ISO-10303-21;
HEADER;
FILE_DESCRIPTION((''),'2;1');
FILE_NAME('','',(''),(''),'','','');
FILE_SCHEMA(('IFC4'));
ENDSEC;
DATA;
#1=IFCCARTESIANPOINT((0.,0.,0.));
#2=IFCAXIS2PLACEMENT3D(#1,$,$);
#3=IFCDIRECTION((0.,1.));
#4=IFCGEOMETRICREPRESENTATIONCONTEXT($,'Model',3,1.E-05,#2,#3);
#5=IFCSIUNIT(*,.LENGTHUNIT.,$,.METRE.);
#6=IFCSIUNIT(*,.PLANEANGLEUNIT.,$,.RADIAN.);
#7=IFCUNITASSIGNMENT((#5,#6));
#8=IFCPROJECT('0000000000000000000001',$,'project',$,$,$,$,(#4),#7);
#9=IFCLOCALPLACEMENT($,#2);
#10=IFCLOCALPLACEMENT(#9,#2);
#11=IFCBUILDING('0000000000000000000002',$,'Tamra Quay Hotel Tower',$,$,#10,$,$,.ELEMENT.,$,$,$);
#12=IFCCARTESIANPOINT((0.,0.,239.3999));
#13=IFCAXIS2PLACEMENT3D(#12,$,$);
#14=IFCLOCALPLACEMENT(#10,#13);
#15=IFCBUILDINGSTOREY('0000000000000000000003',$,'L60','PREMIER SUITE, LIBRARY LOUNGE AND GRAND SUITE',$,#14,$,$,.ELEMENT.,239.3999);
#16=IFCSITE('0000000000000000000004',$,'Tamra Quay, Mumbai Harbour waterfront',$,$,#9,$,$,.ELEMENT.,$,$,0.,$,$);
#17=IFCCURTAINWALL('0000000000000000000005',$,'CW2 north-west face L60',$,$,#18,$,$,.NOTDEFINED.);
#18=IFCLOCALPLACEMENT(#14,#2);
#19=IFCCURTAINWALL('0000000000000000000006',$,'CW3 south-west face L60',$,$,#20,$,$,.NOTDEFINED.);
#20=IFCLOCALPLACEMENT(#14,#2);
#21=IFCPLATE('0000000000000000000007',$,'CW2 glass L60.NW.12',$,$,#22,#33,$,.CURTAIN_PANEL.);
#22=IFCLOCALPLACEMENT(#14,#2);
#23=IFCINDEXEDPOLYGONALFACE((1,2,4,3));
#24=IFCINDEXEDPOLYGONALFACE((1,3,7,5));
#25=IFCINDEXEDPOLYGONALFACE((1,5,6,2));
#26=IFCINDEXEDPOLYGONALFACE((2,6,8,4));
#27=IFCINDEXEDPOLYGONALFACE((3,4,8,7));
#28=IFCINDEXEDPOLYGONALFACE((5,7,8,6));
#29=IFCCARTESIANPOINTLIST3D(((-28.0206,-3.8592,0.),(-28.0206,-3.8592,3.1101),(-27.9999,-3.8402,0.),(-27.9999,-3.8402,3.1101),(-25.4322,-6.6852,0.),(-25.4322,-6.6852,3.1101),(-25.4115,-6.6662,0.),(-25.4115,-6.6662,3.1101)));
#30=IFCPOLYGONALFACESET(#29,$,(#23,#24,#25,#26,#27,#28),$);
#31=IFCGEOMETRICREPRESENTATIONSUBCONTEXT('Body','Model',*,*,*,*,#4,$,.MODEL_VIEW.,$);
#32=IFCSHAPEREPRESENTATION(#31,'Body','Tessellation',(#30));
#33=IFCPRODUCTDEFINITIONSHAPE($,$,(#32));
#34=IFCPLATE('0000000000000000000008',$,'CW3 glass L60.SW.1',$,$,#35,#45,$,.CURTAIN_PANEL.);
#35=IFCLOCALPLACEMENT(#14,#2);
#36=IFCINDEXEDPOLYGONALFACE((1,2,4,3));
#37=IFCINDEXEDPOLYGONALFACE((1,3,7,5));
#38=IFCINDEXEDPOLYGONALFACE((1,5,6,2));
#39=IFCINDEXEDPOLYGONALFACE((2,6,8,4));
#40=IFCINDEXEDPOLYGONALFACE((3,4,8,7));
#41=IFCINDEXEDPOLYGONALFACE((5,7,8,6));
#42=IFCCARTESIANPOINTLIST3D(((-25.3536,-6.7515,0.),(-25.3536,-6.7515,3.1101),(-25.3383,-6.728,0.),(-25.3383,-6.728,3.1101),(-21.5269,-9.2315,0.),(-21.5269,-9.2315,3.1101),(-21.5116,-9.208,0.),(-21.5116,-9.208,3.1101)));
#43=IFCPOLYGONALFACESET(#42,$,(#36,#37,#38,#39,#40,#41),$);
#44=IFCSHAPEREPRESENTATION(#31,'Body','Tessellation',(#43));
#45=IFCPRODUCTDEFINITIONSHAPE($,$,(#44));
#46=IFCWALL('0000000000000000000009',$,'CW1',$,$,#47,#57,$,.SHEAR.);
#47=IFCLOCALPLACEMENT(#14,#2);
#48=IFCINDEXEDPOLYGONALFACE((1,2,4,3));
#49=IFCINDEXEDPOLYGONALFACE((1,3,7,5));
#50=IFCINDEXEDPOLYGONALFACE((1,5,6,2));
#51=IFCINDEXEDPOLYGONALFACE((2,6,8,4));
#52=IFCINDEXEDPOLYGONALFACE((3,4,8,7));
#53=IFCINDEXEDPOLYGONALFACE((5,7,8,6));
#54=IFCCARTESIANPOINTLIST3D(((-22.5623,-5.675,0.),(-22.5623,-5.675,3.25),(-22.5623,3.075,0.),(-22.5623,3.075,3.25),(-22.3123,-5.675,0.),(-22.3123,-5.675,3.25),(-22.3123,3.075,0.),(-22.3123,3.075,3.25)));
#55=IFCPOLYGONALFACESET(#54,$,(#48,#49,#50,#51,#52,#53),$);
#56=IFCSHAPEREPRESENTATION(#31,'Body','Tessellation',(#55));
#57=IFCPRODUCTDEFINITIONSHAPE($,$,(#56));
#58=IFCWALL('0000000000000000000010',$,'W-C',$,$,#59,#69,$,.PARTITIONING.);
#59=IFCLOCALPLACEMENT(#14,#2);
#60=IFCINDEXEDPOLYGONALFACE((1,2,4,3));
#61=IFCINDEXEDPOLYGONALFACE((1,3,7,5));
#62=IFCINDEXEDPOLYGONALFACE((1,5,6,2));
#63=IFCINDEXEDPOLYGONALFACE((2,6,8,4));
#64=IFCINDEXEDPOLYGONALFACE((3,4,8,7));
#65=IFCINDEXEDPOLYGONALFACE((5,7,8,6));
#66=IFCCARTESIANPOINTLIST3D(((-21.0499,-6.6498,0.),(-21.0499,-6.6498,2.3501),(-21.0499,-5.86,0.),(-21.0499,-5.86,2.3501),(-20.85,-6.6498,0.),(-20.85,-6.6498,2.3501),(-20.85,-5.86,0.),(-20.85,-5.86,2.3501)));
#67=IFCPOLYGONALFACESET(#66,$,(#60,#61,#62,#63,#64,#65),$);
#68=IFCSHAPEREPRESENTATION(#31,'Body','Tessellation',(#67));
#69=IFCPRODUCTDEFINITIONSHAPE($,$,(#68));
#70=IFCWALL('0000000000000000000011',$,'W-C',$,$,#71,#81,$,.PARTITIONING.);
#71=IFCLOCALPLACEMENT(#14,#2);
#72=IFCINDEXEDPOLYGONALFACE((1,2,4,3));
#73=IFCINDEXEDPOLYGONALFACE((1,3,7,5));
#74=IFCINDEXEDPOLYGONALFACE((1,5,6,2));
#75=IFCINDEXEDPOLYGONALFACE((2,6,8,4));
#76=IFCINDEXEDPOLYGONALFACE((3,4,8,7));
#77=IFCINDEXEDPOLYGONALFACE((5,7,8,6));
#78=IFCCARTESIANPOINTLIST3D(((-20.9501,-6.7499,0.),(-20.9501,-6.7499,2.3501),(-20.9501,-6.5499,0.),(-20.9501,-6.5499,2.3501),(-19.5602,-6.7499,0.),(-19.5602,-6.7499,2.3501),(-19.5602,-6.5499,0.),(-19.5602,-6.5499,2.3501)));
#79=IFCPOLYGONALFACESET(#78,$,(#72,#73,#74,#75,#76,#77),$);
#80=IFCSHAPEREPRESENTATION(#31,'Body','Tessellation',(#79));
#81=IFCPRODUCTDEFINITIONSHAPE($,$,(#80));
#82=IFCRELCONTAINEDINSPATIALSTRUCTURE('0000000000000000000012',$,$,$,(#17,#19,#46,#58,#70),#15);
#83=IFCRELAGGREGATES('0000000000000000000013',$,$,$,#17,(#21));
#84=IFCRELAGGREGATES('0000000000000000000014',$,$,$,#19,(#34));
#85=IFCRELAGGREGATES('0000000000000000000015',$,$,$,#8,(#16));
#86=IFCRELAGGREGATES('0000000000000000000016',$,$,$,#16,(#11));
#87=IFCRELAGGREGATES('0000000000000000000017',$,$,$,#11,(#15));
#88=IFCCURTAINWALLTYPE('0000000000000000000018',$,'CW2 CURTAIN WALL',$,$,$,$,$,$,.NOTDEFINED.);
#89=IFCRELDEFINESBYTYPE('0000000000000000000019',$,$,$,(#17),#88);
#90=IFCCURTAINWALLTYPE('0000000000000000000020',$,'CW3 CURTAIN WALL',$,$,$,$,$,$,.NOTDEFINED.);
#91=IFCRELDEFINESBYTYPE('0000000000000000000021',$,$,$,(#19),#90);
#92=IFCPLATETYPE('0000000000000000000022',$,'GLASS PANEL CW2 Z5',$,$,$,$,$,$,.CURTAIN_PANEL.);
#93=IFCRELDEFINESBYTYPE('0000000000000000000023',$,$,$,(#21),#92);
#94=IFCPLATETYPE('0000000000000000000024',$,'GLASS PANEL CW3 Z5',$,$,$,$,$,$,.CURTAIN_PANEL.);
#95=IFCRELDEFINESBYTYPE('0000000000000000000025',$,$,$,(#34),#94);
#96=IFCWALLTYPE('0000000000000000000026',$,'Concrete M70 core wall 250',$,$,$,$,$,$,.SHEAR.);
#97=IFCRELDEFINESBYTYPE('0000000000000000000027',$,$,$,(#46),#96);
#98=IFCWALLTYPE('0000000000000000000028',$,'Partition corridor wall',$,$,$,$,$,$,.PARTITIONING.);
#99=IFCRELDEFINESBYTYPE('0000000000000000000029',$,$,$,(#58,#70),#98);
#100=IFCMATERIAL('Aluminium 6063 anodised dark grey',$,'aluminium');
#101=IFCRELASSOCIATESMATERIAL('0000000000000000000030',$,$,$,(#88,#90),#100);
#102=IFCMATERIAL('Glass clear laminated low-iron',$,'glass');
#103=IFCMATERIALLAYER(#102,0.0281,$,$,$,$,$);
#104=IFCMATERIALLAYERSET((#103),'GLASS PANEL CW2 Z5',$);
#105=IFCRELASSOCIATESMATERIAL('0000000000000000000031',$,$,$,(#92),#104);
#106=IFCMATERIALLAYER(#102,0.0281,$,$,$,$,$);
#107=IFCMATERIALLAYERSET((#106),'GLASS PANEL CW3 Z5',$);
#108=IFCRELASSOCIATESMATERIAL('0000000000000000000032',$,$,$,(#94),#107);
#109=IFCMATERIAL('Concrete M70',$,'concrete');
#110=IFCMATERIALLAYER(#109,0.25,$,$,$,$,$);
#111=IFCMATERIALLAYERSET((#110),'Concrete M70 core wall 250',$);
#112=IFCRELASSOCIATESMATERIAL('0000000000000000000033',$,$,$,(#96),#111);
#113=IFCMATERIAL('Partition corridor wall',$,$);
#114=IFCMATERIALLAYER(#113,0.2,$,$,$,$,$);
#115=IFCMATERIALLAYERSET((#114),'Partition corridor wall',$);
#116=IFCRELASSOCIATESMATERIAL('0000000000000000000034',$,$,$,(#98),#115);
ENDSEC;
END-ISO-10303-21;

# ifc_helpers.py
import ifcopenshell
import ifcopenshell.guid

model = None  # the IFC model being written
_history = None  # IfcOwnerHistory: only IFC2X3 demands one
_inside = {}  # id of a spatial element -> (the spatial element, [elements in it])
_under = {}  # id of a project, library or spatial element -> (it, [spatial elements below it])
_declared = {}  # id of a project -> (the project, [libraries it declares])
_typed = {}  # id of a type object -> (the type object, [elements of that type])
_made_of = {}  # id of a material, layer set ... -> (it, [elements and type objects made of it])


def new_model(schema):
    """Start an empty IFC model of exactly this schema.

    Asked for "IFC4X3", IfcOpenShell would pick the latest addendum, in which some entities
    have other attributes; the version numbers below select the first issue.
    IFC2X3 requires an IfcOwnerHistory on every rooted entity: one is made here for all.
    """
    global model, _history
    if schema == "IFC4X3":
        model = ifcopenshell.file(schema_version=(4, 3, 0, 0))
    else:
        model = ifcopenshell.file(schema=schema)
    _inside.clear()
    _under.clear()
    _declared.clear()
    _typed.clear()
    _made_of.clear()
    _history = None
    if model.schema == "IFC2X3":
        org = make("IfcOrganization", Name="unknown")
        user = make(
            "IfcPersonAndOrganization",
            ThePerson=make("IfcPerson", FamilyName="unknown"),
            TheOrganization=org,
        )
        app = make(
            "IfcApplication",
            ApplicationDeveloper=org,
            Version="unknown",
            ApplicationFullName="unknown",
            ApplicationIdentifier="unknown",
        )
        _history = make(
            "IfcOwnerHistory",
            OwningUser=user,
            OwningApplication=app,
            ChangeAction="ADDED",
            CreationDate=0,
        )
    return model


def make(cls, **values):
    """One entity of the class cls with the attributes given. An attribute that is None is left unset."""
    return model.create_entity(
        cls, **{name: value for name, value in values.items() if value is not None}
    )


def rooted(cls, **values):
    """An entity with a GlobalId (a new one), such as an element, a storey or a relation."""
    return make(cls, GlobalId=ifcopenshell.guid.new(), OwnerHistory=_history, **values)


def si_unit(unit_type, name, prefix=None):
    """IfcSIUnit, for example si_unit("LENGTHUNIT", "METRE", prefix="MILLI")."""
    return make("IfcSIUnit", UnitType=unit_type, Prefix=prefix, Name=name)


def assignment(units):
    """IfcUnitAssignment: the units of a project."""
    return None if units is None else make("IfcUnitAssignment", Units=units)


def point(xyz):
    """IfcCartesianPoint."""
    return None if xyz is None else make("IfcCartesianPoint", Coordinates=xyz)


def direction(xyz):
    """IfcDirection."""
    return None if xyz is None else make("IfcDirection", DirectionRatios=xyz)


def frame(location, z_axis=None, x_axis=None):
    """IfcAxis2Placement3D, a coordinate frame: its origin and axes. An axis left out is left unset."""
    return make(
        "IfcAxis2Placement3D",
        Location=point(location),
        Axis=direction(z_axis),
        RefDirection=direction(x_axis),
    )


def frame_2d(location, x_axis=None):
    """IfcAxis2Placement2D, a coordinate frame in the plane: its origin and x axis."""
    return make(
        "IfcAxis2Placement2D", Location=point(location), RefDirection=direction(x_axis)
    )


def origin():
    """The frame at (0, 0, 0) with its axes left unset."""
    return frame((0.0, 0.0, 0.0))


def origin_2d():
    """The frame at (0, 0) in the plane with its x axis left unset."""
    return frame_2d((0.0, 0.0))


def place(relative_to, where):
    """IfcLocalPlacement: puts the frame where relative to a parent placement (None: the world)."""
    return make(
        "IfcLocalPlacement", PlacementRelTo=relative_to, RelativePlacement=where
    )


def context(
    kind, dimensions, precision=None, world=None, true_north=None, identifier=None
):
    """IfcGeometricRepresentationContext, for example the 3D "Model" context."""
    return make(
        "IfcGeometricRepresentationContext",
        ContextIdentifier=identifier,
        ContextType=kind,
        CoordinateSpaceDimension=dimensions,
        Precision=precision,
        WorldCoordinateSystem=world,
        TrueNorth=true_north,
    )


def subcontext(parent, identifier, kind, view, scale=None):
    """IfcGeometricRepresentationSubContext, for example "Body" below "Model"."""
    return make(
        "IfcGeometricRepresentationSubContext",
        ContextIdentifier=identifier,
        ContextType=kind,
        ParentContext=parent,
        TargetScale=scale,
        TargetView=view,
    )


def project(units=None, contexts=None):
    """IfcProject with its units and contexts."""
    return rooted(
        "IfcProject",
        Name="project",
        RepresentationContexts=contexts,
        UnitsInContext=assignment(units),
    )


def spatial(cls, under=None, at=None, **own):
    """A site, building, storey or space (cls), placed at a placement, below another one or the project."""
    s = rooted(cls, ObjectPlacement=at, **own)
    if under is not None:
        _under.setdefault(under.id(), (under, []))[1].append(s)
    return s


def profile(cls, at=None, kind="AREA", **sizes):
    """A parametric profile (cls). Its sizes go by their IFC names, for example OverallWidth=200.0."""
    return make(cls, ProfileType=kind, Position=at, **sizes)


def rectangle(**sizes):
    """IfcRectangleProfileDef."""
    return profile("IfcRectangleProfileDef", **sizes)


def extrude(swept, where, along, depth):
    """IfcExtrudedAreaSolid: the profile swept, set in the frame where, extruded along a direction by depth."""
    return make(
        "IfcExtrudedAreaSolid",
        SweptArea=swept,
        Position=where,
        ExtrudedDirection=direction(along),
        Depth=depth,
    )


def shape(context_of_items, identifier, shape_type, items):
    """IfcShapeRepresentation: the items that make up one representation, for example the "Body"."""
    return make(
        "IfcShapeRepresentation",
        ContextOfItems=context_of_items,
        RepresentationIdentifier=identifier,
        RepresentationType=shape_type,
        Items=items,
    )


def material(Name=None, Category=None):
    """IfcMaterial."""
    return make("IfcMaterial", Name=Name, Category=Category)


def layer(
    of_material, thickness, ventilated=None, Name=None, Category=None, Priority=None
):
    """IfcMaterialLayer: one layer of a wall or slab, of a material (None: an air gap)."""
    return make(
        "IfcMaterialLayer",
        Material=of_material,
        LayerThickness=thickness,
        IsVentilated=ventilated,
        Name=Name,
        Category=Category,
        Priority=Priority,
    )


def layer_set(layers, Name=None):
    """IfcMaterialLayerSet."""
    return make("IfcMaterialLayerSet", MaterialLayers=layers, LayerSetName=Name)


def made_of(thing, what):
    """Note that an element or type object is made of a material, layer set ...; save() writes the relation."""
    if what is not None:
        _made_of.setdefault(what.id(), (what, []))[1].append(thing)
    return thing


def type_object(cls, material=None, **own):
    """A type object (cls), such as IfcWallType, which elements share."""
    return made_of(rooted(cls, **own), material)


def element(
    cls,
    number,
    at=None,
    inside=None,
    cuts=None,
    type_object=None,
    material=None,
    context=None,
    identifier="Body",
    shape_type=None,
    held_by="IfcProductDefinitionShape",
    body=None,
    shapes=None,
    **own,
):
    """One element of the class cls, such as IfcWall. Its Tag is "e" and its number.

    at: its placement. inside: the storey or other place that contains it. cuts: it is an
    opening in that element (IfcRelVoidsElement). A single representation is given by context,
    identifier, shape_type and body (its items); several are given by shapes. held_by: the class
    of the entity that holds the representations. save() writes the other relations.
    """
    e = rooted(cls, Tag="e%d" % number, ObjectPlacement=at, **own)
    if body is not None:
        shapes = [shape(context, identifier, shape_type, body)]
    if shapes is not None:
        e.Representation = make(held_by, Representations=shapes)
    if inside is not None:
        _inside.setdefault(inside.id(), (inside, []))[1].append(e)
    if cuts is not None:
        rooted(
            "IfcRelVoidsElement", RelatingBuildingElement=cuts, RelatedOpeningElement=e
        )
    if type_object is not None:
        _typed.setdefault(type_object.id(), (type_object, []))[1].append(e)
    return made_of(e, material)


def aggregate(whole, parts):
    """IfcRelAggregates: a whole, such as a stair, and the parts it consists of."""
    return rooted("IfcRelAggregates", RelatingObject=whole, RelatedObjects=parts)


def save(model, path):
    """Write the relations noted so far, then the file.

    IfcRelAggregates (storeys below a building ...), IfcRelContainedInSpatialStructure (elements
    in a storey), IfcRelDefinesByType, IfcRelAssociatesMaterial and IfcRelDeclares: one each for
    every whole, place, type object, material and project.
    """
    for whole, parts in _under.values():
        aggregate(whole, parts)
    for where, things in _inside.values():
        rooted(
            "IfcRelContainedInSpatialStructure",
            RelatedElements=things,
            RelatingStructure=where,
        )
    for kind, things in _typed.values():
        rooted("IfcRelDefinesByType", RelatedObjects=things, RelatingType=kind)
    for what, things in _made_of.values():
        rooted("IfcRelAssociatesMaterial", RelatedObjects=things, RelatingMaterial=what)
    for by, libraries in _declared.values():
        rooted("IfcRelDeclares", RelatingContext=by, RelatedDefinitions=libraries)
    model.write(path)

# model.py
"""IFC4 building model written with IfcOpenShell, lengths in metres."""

from ifc_helpers import new_model, si_unit, direction, frame, frame_2d, origin, origin_2d, place, context, subcontext, project, spatial, rectangle, extrude, material, layer, layer_set, type_object, element, aggregate, save


model = new_model("IFC4")

# Units and contexts
model_context = context("Model", 3, precision=1e-05, world=origin(), true_north=direction((0.0, 1.0)))
body_context = subcontext(model_context, "Body", "Model", "MODEL_VIEW")
ifc_project = project(units=[si_unit("LENGTHUNIT", "METRE"), si_unit("PLANEANGLEUNIT", "RADIAN")], contexts=[model_context])

# Site, building, storey
site_placement = place(None, origin())
site = spatial("IfcSite", under=ifc_project, at=site_placement, Name="Tamra Quay, Mumbai Harbour waterfront", CompositionType="ELEMENT", RefElevation=0.0)
building_placement = place(site_placement, origin())
building = spatial("IfcBuilding", under=site, at=building_placement, Name="Tamra Quay Hotel Tower", CompositionType="ELEMENT")
storey_placement = place(building_placement, frame((0.0, 0.0, 239.3999)))
storey = spatial("IfcBuildingStorey", under=building, at=storey_placement, Name="L60", Description="PREMIER SUITE, LIBRARY LOUNGE AND GRAND SUITE", CompositionType="ELEMENT", Elevation=239.3999)

# Shared definitions
ifc_material_1 = material(Name="Concrete M70", Category="concrete")

# Curtain wall
ifc_material_2 = material(Name="Aluminium 6063 anodised dark grey", Category="aluminium")
curtain_wall_type_1 = type_object("IfcCurtainWallType", Name="CW2 CURTAIN WALL", PredefinedType="NOTDEFINED", material=ifc_material_2)
curtain_wall_1_placement = place(storey_placement, origin())
curtain_wall_1 = element("IfcCurtainWall", 1, at=curtain_wall_1_placement, inside=storey, type_object=curtain_wall_type_1, Name="CW2 north-west face L60", PredefinedType="NOTDEFINED")

# Curtain wall
curtain_wall_type_2 = type_object("IfcCurtainWallType", Name="CW3 CURTAIN WALL", PredefinedType="NOTDEFINED", material=ifc_material_2)
curtain_wall_2_placement = place(storey_placement, origin())
curtain_wall_2 = element("IfcCurtainWall", 2, at=curtain_wall_2_placement, inside=storey, type_object=curtain_wall_type_2, Name="CW3 south-west face L60", PredefinedType="NOTDEFINED")

# Plates
ifc_material_3 = material(Name="Glass clear laminated low-iron", Category="glass")
ifc_layer_1 = layer(ifc_material_3, 0.0281)
ifc_layer_set_1 = layer_set([ifc_layer_1], Name="GLASS PANEL CW2 Z5")
plate_type_1 = type_object("IfcPlateType", Name="GLASS PANEL CW2 Z5", PredefinedType="CURTAIN_PANEL", material=ifc_layer_set_1)
plate_1_placement = place(storey_placement, frame((-26.7161, -5.2627, 0.0), z_axis=(0.0, 0.0, 1.0), x_axis=(0.675438, -0.737417, 0.0)))
plate_1 = element("IfcPlate", 3, at=plate_1_placement, type_object=plate_type_1, Name="CW2 glass L60.NW.12", PredefinedType="CURTAIN_PANEL", context=body_context, shape_type="SweptSolid", body=[
    extrude(rectangle(XDim=3.8323, YDim=0.0281, at=origin_2d()), origin(), (0.0, 0.0, 1.0), 3.1101),
])
aggregate(curtain_wall_1, [plate_1])
ifc_layer_2 = layer(ifc_material_3, 0.0281)
ifc_layer_set_2 = layer_set([ifc_layer_2], Name="GLASS PANEL CW3 Z5")
plate_type_2 = type_object("IfcPlateType", Name="GLASS PANEL CW3 Z5", PredefinedType="CURTAIN_PANEL", material=ifc_layer_set_2)
plate_2_placement = place(storey_placement, frame((-23.4326, -7.9797, 0.0), z_axis=(0.0, 0.0, 1.0), x_axis=(0.839179, -0.543855, 0.0)))
plate_2 = element("IfcPlate", 4, at=plate_2_placement, type_object=plate_type_2, Name="CW3 glass L60.SW.1", PredefinedType="CURTAIN_PANEL", context=body_context, shape_type="SweptSolid", body=[
    extrude(rectangle(XDim=4.5601, YDim=0.0281, at=origin_2d()), origin(), (0.0, 0.0, 1.0), 3.1101),
])
aggregate(curtain_wall_2, [plate_2])

# Walls
ifc_layer_3 = layer(ifc_material_1, 0.25)
ifc_layer_set_3 = layer_set([ifc_layer_3], Name="Concrete M70 core wall 250")
wall_type_1 = type_object("IfcWallType", Name="Concrete M70 core wall 250", PredefinedType="SHEAR", material=ifc_layer_set_3)
wall_1_placement = place(storey_placement, frame((-22.4373, -5.675, 0.0), z_axis=(0.0, 0.0, 1.0), x_axis=(0.0, 1.0, 0.0)))
element("IfcWall", 5, at=wall_1_placement, inside=storey, type_object=wall_type_1, Name="CW1", PredefinedType="SHEAR", context=body_context, shape_type="SweptSolid", body=[
    extrude(rectangle(XDim=8.75, YDim=0.25, at=frame_2d((4.375, 0.0))), origin(), (0.0, 0.0, 1.0), 3.25),
])
ifc_material_4 = material(Name="Partition corridor wall")
ifc_layer_4 = layer(ifc_material_4, 0.2)
ifc_layer_set_4 = layer_set([ifc_layer_4], Name="Partition corridor wall")
wall_type_2 = type_object("IfcWallType", Name="Partition corridor wall", PredefinedType="PARTITIONING", material=ifc_layer_set_4)
wall_2_placement = place(storey_placement, frame((-20.95, -6.6499, 0.0), z_axis=(0.0, 0.0, 1.0), x_axis=(0.0, 1.0, 0.0)))
element("IfcWall", 6, at=wall_2_placement, inside=storey, type_object=wall_type_2, Name="W-C", PredefinedType="PARTITIONING", context=body_context, shape_type="SweptSolid", body=[
    extrude(rectangle(XDim=0.7898, YDim=0.2, at=frame_2d((0.395, 0.0))), origin(), (0.0, 0.0, 1.0), 2.3501),
])
wall_3_placement = place(storey_placement, frame((-20.95, -6.6499, 0.0), z_axis=(0.0, 0.0, 1.0), x_axis=(1.0, 0.0, 0.0)))
element("IfcWall", 7, at=wall_3_placement, inside=storey, type_object=wall_type_2, Name="W-C", PredefinedType="PARTITIONING", context=body_context, shape_type="SweptSolid", body=[
    extrude(rectangle(XDim=1.3899, YDim=0.2, at=frame_2d((0.6948, 0.0))), origin(), (0.0, 0.0, 1.0), 2.3501),
])

save(model, "model.ifc")
